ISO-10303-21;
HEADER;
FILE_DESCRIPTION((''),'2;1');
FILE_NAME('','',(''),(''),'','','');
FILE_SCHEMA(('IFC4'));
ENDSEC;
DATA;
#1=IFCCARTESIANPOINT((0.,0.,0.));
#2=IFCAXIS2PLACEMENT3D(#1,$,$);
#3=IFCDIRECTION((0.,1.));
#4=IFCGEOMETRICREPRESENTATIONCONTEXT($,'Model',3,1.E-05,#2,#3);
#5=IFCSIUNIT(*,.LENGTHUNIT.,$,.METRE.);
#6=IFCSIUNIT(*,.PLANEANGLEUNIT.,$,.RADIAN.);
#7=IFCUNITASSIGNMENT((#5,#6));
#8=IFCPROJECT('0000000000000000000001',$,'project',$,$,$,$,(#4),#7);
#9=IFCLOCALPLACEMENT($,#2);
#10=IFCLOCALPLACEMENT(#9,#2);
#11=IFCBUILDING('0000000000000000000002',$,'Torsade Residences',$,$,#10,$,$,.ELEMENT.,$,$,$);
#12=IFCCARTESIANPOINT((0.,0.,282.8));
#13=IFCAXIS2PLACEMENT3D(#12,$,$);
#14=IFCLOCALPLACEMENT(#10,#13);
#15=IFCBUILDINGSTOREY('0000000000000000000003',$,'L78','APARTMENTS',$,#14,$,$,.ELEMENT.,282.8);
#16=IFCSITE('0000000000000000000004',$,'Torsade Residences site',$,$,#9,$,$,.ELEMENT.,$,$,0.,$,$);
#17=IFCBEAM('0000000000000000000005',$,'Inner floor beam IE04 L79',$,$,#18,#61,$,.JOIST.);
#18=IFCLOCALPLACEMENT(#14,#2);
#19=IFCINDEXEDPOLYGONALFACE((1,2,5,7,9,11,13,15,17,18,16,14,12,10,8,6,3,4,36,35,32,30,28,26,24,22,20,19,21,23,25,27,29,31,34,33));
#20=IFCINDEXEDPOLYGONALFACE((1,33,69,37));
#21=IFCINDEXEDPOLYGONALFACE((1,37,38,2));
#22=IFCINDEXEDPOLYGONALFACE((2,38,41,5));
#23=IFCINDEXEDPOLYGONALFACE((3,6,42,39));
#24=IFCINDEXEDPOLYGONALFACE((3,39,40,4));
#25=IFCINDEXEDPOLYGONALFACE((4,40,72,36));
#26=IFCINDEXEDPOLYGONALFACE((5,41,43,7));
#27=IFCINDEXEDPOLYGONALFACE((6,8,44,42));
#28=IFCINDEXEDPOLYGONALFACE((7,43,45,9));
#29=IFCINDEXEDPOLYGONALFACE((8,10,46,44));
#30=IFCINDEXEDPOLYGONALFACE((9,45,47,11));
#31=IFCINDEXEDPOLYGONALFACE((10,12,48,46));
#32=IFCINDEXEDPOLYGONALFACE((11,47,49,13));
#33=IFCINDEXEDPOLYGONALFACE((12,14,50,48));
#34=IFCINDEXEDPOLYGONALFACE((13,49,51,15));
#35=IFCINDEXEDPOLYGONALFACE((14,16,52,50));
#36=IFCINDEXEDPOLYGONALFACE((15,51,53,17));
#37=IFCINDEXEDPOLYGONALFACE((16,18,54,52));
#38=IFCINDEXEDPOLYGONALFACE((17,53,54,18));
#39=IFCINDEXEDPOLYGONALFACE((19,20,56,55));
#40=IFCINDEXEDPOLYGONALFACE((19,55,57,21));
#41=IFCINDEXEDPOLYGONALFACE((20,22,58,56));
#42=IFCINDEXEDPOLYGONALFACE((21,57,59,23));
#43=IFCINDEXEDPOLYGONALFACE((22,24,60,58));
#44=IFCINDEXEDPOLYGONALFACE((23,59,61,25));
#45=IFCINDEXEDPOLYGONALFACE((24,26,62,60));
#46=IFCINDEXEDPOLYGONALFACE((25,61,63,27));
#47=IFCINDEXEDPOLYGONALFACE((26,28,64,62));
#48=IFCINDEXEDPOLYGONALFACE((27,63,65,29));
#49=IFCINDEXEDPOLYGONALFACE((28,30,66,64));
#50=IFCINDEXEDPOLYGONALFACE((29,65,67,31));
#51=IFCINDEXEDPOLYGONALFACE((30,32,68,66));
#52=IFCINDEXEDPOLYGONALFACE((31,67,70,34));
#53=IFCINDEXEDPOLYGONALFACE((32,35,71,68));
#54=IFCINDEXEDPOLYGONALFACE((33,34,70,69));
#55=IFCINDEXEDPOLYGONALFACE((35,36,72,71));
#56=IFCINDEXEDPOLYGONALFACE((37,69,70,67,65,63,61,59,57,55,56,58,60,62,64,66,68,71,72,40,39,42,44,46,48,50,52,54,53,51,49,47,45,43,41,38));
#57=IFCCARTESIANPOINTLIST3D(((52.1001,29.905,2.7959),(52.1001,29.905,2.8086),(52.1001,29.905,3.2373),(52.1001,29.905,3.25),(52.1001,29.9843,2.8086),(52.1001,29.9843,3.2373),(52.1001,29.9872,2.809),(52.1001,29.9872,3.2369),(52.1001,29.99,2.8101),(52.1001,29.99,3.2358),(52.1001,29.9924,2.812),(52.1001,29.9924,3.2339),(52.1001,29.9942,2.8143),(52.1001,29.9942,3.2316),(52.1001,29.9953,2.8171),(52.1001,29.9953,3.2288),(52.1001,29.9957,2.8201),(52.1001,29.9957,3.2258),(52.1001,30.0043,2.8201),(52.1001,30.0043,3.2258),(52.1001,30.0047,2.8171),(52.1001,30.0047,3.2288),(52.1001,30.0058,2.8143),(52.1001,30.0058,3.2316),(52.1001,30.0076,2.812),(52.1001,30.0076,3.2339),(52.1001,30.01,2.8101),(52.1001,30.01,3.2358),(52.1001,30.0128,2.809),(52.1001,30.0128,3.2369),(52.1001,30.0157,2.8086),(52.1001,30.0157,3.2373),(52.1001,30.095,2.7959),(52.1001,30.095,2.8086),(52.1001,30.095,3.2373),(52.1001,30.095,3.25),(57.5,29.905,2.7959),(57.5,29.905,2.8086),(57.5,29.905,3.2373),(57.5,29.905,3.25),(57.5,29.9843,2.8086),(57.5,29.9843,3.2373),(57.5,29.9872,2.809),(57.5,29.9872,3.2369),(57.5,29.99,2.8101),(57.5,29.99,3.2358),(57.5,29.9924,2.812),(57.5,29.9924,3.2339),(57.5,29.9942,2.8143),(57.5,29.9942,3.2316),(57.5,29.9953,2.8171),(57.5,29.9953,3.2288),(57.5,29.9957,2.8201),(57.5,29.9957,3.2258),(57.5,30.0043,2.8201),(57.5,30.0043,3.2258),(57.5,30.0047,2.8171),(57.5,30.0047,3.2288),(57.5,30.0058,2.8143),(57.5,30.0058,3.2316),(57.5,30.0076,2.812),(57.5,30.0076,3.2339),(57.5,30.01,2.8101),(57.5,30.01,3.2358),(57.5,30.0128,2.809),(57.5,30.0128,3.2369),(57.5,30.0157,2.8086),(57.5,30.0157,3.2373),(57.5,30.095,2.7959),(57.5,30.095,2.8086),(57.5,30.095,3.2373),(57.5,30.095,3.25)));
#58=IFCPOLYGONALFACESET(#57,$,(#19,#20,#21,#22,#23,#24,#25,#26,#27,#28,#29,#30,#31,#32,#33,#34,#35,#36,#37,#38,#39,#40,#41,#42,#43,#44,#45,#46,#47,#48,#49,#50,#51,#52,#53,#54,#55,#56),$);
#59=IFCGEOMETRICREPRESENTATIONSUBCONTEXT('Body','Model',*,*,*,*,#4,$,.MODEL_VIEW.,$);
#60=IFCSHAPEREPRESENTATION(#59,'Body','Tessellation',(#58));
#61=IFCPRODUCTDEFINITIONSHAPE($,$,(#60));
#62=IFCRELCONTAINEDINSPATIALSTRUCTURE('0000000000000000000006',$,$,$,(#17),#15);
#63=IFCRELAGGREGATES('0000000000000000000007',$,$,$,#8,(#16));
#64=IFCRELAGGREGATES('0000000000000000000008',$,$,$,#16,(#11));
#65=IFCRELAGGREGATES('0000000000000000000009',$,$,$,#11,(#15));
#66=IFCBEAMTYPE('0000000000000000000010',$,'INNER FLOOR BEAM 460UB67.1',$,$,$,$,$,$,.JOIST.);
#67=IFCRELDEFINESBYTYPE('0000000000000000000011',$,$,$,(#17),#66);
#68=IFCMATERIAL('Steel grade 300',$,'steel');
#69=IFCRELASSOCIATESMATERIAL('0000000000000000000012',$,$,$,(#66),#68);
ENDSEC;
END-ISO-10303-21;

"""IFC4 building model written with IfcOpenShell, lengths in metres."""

from ifc_helpers import new_model, si_unit, direction, frame, origin, origin_2d, place, context, subcontext, project, spatial, i_section, extrude, material, material_profile, profile_set, type_object, element, save


model = new_model("IFC4")

# Units and contexts
model_context = context("Model", 3, precision=1e-05, world=origin(), true_north=direction((0.0, 1.0)))
body_context = subcontext(model_context, "Body", "Model", "MODEL_VIEW")
ifc_project = project(units=[si_unit("LENGTHUNIT", "METRE"), si_unit("PLANEANGLEUNIT", "RADIAN")], contexts=[model_context])

# Site, building, storey
site_placement = place(None, origin())
site = spatial("IfcSite", under=ifc_project, at=site_placement, Name="Torsade Residences site", CompositionType="ELEMENT", RefElevation=0.0)
building_placement = place(site_placement, origin())
building = spatial("IfcBuilding", under=site, at=building_placement, Name="Torsade Residences", CompositionType="ELEMENT")
storey_placement = place(building_placement, frame((0.0, 0.0, 282.8)))
storey = spatial("IfcBuildingStorey", under=building, at=storey_placement, Name="L78", Description="APARTMENTS", CompositionType="ELEMENT", Elevation=282.8)

# Beam
ifc_material_1 = material(Name="Steel grade 300", Category="steel")
ifc_material_profile = material_profile(ifc_material_1, i_section(OverallWidth=0.1899, OverallDepth=0.4541, WebThickness=0.0085, FlangeThickness=0.0127, FilletRadius=0.0115, at=origin_2d()), Name="460UB67.1")
ifc_profile_set = profile_set([ifc_material_profile], Name="Steel grade 300")
beam_type = type_object("IfcBeamType", Name="INNER FLOOR BEAM 460UB67.1", PredefinedType="JOIST", material=ifc_profile_set)
beam_placement = place(storey_placement, frame((52.1001, 30.0, 3.0229), z_axis=(1.0, 0.0, 0.0), x_axis=(0.0, 1.0, 0.0)))
element("IfcBeam", 1, at=beam_placement, inside=storey, type_object=beam_type, Name="Inner floor beam IE04 L79", PredefinedType="JOIST", context=body_context, shape_type="SweptSolid", body=[
    extrude(i_section(OverallWidth=0.1899, OverallDepth=0.4541, WebThickness=0.0085, FlangeThickness=0.0127, FilletRadius=0.0115, at=origin_2d()), origin(), (0.0, 0.0, 1.0), 5.3999),
])

save(model, "model.ifc")
